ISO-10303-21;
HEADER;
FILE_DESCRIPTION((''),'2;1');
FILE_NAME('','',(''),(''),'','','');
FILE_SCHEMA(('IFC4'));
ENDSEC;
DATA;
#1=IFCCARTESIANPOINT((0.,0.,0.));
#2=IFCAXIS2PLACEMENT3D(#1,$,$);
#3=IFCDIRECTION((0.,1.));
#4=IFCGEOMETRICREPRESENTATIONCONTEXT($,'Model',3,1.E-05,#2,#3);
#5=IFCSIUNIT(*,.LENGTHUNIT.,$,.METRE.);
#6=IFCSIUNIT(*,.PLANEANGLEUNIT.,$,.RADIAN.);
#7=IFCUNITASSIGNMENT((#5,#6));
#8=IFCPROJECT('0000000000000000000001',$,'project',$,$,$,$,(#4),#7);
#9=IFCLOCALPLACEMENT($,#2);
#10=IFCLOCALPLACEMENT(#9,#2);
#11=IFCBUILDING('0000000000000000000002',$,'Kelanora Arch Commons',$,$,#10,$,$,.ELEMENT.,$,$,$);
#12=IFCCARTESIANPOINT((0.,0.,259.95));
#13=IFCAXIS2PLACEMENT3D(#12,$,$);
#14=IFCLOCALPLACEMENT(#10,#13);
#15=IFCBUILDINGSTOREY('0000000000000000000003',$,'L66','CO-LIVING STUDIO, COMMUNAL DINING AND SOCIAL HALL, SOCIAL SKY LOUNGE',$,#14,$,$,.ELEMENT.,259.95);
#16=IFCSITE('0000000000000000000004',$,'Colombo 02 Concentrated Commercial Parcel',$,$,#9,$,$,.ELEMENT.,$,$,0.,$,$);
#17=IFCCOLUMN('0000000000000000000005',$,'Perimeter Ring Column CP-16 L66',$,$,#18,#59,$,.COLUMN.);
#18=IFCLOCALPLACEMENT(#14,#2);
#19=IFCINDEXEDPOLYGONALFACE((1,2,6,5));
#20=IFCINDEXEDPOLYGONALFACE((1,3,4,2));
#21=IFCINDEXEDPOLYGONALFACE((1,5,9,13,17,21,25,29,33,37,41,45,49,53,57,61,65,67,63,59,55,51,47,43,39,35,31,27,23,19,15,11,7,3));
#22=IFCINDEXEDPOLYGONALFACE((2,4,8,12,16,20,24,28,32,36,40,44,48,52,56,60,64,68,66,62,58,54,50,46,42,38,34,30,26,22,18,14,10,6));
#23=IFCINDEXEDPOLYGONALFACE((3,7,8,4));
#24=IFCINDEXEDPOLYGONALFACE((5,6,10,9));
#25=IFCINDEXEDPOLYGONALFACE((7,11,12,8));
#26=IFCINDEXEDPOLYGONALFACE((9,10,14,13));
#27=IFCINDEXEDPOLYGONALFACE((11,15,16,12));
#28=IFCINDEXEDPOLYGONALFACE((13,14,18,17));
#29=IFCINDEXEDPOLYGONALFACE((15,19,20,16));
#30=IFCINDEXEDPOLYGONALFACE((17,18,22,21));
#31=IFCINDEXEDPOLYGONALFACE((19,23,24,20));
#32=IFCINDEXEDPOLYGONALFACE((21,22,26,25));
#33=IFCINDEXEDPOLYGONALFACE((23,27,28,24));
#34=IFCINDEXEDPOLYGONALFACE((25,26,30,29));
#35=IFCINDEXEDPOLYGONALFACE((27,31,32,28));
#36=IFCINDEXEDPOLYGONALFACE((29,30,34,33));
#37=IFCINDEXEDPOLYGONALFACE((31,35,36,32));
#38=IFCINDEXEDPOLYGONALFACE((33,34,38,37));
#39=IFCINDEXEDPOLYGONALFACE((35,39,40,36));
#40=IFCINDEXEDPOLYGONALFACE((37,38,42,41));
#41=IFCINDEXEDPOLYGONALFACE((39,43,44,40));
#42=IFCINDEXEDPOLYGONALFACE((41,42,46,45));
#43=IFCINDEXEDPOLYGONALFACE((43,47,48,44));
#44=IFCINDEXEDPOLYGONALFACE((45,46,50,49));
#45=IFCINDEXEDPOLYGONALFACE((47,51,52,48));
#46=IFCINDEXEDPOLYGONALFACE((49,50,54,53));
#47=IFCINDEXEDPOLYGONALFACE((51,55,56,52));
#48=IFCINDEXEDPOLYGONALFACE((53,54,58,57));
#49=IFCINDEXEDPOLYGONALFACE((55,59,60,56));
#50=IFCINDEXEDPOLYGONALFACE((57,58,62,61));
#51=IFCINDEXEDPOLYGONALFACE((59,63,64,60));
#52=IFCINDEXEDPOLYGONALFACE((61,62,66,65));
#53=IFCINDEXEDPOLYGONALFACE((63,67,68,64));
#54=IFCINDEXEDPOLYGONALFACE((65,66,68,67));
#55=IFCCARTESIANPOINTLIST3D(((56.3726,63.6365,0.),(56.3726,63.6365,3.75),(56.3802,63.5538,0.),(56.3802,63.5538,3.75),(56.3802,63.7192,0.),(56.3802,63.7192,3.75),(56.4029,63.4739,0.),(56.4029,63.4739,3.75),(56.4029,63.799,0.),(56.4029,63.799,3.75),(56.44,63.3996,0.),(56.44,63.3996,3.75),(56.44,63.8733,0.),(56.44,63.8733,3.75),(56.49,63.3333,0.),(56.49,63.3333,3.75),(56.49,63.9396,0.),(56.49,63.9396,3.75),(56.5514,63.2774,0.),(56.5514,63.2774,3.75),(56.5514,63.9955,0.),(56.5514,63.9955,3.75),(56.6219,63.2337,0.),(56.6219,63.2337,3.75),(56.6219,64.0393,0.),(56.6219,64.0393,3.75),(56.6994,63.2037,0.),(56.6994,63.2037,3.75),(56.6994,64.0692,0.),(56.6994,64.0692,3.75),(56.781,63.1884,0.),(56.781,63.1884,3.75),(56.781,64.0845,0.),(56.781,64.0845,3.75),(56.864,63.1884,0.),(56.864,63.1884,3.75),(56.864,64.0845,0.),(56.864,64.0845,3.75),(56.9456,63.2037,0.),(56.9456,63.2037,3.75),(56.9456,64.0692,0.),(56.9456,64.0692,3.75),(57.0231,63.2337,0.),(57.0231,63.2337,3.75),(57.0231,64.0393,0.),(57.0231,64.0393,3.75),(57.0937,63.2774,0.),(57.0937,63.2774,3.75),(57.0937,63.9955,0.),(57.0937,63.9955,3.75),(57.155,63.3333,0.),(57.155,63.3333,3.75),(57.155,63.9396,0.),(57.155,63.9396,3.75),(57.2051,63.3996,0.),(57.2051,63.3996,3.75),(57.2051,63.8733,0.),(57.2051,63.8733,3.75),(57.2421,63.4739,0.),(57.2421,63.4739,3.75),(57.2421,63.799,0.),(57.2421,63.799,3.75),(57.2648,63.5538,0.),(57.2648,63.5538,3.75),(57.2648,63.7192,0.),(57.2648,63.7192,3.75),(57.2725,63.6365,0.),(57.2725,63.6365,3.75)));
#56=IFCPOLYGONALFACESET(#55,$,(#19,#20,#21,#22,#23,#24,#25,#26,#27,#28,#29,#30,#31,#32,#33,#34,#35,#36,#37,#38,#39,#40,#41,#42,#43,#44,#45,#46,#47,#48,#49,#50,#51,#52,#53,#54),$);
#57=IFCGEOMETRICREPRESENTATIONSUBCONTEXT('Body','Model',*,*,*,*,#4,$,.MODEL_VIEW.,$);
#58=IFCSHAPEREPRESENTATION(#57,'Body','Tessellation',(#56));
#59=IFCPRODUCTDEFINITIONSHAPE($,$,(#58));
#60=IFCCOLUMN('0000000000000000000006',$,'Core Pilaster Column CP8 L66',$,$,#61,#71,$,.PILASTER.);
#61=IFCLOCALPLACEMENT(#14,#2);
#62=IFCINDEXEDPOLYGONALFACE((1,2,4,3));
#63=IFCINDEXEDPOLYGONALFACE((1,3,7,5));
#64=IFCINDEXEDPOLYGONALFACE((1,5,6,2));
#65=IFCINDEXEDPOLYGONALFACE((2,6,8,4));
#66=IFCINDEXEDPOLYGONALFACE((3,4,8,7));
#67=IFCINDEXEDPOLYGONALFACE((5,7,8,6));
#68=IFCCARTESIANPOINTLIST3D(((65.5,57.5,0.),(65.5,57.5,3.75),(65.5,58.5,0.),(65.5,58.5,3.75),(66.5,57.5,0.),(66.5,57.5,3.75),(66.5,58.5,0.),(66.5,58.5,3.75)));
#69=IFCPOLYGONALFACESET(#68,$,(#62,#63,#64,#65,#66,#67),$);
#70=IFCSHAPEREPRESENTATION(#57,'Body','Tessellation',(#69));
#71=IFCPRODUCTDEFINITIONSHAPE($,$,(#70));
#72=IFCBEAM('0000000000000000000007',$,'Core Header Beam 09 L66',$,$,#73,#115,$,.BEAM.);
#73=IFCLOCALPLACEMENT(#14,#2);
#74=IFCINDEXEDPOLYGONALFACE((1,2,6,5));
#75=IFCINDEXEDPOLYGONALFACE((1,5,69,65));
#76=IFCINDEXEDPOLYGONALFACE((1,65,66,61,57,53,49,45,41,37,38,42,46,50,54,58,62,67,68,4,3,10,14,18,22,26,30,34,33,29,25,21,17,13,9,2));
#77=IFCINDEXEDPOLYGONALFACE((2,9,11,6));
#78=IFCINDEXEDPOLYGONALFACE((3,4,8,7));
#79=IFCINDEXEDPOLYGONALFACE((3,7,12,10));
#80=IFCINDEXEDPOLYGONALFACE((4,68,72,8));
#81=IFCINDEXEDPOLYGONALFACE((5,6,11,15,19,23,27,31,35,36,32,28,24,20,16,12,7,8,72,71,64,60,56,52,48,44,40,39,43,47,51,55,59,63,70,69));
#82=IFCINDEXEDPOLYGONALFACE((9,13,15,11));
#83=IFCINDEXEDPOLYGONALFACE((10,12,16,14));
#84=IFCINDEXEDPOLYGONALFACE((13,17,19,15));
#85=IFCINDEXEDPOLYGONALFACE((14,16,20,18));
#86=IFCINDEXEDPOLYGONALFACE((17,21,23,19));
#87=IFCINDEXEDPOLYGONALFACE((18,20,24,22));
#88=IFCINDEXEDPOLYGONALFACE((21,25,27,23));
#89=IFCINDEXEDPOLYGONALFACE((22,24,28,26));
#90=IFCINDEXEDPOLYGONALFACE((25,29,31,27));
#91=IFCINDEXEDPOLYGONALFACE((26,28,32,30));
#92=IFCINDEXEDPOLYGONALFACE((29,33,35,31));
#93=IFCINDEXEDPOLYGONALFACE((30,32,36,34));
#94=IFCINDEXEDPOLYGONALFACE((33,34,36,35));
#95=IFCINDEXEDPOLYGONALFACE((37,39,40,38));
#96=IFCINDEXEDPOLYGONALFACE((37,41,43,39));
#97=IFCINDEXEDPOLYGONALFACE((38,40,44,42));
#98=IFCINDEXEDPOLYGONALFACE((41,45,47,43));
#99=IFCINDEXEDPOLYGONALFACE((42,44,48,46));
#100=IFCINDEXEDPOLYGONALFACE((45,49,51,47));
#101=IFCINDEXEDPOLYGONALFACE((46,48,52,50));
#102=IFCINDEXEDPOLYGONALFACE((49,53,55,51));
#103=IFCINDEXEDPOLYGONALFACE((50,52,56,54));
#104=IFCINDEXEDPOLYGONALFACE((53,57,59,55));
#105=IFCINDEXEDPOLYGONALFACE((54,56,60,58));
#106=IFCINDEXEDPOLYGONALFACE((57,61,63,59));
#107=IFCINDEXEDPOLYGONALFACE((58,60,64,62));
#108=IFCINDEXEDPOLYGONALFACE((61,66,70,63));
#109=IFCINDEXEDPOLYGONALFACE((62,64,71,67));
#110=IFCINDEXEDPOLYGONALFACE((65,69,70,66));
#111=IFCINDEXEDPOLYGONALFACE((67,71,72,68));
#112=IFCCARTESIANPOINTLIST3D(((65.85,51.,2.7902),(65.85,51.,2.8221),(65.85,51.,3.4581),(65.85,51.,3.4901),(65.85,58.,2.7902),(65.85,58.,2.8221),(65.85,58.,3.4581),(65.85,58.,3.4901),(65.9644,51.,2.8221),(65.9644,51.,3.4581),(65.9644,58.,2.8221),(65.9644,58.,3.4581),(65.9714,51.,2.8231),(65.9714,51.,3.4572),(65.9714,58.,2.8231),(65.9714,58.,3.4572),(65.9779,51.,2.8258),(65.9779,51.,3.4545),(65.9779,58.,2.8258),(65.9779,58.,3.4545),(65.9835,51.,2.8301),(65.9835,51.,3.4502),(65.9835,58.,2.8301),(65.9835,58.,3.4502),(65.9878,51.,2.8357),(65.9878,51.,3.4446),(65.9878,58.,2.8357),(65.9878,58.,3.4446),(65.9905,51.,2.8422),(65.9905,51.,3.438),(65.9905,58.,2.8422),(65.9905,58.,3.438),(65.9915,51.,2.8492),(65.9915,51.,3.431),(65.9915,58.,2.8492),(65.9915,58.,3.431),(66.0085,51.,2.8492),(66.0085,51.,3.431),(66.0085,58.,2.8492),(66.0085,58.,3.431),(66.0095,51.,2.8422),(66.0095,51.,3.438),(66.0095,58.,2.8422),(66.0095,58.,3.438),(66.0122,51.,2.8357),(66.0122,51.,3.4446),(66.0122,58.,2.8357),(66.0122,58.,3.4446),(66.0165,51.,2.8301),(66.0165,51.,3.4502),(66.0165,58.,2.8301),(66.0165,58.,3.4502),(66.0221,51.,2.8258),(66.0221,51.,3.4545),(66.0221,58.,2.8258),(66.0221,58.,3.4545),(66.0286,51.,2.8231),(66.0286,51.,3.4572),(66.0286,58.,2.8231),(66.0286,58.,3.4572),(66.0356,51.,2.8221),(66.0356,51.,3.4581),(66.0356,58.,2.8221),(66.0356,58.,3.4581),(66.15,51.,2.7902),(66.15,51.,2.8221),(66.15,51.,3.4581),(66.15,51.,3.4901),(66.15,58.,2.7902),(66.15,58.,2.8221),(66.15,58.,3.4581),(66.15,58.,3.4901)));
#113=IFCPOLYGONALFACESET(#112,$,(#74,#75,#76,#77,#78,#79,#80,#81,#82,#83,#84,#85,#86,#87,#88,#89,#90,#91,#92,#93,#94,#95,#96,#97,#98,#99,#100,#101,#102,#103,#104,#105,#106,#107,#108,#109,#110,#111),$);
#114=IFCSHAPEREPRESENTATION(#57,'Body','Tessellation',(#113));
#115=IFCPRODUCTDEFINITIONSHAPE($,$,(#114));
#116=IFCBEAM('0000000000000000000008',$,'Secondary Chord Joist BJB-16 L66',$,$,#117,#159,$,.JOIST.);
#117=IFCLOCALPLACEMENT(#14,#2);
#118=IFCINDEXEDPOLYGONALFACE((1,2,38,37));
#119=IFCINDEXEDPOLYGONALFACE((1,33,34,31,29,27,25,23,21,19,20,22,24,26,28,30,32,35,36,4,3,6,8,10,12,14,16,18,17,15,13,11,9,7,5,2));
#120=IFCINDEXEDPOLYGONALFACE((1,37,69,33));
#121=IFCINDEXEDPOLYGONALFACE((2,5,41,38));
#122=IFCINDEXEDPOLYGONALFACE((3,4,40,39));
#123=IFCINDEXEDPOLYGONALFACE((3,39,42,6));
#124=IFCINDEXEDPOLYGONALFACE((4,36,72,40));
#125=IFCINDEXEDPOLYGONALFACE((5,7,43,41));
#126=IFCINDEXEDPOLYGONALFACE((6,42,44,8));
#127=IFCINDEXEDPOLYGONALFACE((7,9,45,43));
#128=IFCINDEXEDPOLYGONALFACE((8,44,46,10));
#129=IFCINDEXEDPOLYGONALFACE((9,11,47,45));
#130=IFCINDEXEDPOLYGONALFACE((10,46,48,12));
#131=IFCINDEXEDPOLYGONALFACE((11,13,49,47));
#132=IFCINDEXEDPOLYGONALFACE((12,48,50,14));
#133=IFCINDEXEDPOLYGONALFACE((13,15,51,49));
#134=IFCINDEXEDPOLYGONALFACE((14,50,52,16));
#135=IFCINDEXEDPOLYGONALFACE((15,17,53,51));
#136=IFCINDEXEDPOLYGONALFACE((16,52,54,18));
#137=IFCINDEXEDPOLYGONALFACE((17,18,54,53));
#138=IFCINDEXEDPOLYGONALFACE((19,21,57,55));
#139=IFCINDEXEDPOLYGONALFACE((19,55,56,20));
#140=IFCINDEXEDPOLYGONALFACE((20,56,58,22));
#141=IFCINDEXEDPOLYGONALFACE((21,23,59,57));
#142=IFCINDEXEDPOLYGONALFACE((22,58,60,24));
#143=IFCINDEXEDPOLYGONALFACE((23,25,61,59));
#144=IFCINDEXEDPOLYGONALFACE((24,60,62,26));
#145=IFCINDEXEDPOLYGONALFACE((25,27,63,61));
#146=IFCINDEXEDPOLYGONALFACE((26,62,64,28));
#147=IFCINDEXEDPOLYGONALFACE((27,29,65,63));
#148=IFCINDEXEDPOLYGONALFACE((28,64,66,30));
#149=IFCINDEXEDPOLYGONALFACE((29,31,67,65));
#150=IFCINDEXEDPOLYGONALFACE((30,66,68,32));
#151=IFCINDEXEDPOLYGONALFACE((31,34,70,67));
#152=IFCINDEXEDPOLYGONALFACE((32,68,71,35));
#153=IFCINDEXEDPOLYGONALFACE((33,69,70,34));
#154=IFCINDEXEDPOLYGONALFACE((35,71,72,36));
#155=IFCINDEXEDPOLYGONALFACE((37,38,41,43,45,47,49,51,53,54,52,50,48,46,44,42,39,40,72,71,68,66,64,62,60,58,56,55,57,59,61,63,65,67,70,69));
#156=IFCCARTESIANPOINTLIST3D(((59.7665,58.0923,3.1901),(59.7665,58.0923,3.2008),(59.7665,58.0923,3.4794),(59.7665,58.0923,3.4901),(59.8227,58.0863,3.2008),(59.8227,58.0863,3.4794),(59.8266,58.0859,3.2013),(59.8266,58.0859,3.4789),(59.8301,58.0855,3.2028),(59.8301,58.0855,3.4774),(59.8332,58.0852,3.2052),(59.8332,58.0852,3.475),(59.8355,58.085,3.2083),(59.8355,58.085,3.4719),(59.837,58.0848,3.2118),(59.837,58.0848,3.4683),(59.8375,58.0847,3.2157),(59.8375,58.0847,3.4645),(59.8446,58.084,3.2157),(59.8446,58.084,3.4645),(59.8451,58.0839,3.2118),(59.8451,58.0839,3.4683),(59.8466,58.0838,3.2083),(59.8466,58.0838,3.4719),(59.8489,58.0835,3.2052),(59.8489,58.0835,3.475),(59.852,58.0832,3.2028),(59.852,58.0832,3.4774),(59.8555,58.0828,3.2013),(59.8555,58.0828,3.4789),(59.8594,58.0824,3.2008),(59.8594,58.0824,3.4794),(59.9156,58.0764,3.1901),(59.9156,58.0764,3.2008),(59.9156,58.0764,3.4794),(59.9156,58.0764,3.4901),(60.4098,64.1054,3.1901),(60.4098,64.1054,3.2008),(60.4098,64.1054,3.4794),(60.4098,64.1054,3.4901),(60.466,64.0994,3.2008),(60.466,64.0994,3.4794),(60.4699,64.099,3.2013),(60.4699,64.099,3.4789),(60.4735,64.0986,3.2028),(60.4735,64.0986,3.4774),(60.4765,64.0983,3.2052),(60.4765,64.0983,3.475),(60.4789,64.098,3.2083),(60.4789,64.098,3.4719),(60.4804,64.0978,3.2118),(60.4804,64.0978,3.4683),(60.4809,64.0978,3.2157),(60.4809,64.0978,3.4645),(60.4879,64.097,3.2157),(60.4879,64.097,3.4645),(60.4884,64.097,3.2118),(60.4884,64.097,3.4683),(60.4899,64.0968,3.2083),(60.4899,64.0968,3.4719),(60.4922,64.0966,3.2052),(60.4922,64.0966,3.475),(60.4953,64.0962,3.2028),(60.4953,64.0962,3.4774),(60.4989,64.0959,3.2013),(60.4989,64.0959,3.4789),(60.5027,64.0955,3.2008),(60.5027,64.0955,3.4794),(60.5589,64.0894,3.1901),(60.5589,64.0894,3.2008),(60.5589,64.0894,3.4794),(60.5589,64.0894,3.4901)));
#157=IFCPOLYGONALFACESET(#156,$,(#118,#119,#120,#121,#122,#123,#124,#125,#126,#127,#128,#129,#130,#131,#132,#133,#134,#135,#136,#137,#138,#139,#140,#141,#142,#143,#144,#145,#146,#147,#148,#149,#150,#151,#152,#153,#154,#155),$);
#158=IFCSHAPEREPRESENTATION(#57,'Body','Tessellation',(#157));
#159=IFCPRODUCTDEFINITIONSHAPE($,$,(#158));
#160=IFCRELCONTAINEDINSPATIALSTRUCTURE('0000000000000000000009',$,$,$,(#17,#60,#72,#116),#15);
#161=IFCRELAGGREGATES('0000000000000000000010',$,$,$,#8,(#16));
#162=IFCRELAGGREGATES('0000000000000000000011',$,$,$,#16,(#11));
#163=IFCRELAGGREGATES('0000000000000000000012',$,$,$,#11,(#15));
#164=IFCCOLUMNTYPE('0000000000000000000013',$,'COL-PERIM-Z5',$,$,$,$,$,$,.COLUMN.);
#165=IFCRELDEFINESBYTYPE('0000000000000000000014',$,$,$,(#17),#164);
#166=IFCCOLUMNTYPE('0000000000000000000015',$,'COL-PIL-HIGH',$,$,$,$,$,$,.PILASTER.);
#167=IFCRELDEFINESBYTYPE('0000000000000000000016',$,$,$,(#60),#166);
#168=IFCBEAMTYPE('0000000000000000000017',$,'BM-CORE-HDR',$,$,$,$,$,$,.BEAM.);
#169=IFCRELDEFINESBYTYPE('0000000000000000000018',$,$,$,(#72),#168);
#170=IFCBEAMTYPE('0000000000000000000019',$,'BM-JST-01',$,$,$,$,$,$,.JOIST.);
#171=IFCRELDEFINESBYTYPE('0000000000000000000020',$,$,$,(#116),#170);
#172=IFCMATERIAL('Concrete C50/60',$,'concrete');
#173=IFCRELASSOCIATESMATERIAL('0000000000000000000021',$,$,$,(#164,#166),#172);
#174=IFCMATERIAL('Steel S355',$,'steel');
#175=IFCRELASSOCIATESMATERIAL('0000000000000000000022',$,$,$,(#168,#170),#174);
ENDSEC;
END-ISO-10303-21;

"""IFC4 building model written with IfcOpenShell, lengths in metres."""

from ifc_helpers import new_model, si_unit, direction, frame, origin, origin_2d, place, context, subcontext, project, spatial, rectangle, circle, i_section, extrude, material, material_profile, profile_set, type_object, element, save


model = new_model("IFC4")

# Units and contexts
model_context = context("Model", 3, precision=1e-05, world=origin(), true_north=direction((0.0, 1.0)))
body_context = subcontext(model_context, "Body", "Model", "MODEL_VIEW")
ifc_project = project(units=[si_unit("LENGTHUNIT", "METRE"), si_unit("PLANEANGLEUNIT", "RADIAN")], contexts=[model_context])

# Site, building, storey
site_placement = place(None, origin())
site = spatial("IfcSite", under=ifc_project, at=site_placement, Name="Colombo 02 Concentrated Commercial Parcel", CompositionType="ELEMENT", RefElevation=0.0)
building_placement = place(site_placement, origin())
building = spatial("IfcBuilding", under=site, at=building_placement, Name="Kelanora Arch Commons", CompositionType="ELEMENT")
storey_placement = place(building_placement, frame((0.0, 0.0, 259.95)))
storey = spatial("IfcBuildingStorey", under=building, at=storey_placement, Name="L66", Description="CO-LIVING STUDIO, COMMUNAL DINING AND SOCIAL HALL, SOCIAL SKY LOUNGE", CompositionType="ELEMENT", Elevation=259.95)

# Columns
ifc_material_1 = material(Name="Concrete C50/60", Category="concrete")
ifc_material_profile_1 = material_profile(ifc_material_1, circle(Radius=0.45, at=origin_2d()), Name="RCC900")
ifc_profile_set_1 = profile_set([ifc_material_profile_1], Name="Concrete C50/60")
column_type_1 = type_object("IfcColumnType", Name="COL-PERIM-Z5", PredefinedType="COLUMN", material=ifc_profile_set_1)
column_1_placement = place(storey_placement, frame((56.8225, 63.6365, 0.0), z_axis=(0.0, 0.0, 1.0), x_axis=(1.0, 0.0, 0.0)))
element("IfcColumn", 1, at=column_1_placement, inside=storey, type_object=column_type_1, Name="Perimeter Ring Column CP-16 L66", PredefinedType="COLUMN", context=body_context, shape_type="SweptSolid", body=[
    extrude(circle(Radius=0.45, at=origin_2d()), origin(), (0.0, 0.0, 1.0), 3.75),
])
ifc_material_profile_2 = material_profile(ifc_material_1, rectangle(XDim=1.0, YDim=1.0, at=origin_2d()), Name="RC1000x1000")
ifc_profile_set_2 = profile_set([ifc_material_profile_2], Name="Concrete C50/60")
column_type_2 = type_object("IfcColumnType", Name="COL-PIL-HIGH", PredefinedType="PILASTER", material=ifc_profile_set_2)
column_2_placement = place(storey_placement, frame((66.0, 58.0, 0.0), z_axis=(0.0, 0.0, 1.0), x_axis=(1.0, 0.0, 0.0)))
element("IfcColumn", 2, at=column_2_placement, inside=storey, type_object=column_type_2, Name="Core Pilaster Column CP8 L66", PredefinedType="PILASTER", context=body_context, shape_type="SweptSolid", body=[
    extrude(rectangle(XDim=1.0, YDim=1.0, at=origin_2d()), origin(), (0.0, 0.0, 1.0), 3.75),
])

# Beams
ifc_material_2 = material(Name="Steel S355", Category="steel")
ifc_material_profile_3 = material_profile(ifc_material_2, i_section(OverallWidth=0.3, OverallDepth=0.7, WebThickness=0.0171, FlangeThickness=0.032, FilletRadius=0.0271, at=origin_2d()), Name="HEB700")
ifc_profile_set_3 = profile_set([ifc_material_profile_3], Name="Steel S355")
beam_type_1 = type_object("IfcBeamType", Name="BM-CORE-HDR", PredefinedType="BEAM", material=ifc_profile_set_3)
beam_1_placement = place(storey_placement, frame((66.0, 58.0, 3.1401), z_axis=(0.0, -1.0, 0.0), x_axis=(1.0, 0.0, 0.0)))
element("IfcBeam", 3, at=beam_1_placement, inside=storey, type_object=beam_type_1, Name="Core Header Beam 09 L66", PredefinedType="BEAM", context=body_context, shape_type="SweptSolid", body=[
    extrude(i_section(OverallWidth=0.3, OverallDepth=0.7, WebThickness=0.0171, FlangeThickness=0.032, FilletRadius=0.0271, at=origin_2d()), origin(), (0.0, 0.0, 1.0), 7.0),
])
ifc_material_profile_4 = material_profile(ifc_material_2, i_section(OverallWidth=0.1499, OverallDepth=0.3, WebThickness=0.0071, FlangeThickness=0.0107, FilletRadius=0.0149, at=origin_2d()), Name="IPE300")
ifc_profile_set_4 = profile_set([ifc_material_profile_4], Name="Steel S355")
beam_type_2 = type_object("IfcBeamType", Name="BM-JST-01", PredefinedType="JOIST", material=ifc_profile_set_4)
beam_2_placement = place(storey_placement, frame((60.4844, 64.0974, 3.3401), z_axis=(-0.106381, -0.994325, 0.0), x_axis=(0.994325, -0.106381, 0.0)))
element("IfcBeam", 4, at=beam_2_placement, inside=storey, type_object=beam_type_2, Name="Secondary Chord Joist BJB-16 L66", PredefinedType="JOIST", context=body_context, shape_type="SweptSolid", body=[
    extrude(i_section(OverallWidth=0.1499, OverallDepth=0.3, WebThickness=0.0071, FlangeThickness=0.0107, FilletRadius=0.0149, at=origin_2d()), origin(), (0.0, 0.0, 1.0), 6.0474),
])

save(model, "model.ifc")
